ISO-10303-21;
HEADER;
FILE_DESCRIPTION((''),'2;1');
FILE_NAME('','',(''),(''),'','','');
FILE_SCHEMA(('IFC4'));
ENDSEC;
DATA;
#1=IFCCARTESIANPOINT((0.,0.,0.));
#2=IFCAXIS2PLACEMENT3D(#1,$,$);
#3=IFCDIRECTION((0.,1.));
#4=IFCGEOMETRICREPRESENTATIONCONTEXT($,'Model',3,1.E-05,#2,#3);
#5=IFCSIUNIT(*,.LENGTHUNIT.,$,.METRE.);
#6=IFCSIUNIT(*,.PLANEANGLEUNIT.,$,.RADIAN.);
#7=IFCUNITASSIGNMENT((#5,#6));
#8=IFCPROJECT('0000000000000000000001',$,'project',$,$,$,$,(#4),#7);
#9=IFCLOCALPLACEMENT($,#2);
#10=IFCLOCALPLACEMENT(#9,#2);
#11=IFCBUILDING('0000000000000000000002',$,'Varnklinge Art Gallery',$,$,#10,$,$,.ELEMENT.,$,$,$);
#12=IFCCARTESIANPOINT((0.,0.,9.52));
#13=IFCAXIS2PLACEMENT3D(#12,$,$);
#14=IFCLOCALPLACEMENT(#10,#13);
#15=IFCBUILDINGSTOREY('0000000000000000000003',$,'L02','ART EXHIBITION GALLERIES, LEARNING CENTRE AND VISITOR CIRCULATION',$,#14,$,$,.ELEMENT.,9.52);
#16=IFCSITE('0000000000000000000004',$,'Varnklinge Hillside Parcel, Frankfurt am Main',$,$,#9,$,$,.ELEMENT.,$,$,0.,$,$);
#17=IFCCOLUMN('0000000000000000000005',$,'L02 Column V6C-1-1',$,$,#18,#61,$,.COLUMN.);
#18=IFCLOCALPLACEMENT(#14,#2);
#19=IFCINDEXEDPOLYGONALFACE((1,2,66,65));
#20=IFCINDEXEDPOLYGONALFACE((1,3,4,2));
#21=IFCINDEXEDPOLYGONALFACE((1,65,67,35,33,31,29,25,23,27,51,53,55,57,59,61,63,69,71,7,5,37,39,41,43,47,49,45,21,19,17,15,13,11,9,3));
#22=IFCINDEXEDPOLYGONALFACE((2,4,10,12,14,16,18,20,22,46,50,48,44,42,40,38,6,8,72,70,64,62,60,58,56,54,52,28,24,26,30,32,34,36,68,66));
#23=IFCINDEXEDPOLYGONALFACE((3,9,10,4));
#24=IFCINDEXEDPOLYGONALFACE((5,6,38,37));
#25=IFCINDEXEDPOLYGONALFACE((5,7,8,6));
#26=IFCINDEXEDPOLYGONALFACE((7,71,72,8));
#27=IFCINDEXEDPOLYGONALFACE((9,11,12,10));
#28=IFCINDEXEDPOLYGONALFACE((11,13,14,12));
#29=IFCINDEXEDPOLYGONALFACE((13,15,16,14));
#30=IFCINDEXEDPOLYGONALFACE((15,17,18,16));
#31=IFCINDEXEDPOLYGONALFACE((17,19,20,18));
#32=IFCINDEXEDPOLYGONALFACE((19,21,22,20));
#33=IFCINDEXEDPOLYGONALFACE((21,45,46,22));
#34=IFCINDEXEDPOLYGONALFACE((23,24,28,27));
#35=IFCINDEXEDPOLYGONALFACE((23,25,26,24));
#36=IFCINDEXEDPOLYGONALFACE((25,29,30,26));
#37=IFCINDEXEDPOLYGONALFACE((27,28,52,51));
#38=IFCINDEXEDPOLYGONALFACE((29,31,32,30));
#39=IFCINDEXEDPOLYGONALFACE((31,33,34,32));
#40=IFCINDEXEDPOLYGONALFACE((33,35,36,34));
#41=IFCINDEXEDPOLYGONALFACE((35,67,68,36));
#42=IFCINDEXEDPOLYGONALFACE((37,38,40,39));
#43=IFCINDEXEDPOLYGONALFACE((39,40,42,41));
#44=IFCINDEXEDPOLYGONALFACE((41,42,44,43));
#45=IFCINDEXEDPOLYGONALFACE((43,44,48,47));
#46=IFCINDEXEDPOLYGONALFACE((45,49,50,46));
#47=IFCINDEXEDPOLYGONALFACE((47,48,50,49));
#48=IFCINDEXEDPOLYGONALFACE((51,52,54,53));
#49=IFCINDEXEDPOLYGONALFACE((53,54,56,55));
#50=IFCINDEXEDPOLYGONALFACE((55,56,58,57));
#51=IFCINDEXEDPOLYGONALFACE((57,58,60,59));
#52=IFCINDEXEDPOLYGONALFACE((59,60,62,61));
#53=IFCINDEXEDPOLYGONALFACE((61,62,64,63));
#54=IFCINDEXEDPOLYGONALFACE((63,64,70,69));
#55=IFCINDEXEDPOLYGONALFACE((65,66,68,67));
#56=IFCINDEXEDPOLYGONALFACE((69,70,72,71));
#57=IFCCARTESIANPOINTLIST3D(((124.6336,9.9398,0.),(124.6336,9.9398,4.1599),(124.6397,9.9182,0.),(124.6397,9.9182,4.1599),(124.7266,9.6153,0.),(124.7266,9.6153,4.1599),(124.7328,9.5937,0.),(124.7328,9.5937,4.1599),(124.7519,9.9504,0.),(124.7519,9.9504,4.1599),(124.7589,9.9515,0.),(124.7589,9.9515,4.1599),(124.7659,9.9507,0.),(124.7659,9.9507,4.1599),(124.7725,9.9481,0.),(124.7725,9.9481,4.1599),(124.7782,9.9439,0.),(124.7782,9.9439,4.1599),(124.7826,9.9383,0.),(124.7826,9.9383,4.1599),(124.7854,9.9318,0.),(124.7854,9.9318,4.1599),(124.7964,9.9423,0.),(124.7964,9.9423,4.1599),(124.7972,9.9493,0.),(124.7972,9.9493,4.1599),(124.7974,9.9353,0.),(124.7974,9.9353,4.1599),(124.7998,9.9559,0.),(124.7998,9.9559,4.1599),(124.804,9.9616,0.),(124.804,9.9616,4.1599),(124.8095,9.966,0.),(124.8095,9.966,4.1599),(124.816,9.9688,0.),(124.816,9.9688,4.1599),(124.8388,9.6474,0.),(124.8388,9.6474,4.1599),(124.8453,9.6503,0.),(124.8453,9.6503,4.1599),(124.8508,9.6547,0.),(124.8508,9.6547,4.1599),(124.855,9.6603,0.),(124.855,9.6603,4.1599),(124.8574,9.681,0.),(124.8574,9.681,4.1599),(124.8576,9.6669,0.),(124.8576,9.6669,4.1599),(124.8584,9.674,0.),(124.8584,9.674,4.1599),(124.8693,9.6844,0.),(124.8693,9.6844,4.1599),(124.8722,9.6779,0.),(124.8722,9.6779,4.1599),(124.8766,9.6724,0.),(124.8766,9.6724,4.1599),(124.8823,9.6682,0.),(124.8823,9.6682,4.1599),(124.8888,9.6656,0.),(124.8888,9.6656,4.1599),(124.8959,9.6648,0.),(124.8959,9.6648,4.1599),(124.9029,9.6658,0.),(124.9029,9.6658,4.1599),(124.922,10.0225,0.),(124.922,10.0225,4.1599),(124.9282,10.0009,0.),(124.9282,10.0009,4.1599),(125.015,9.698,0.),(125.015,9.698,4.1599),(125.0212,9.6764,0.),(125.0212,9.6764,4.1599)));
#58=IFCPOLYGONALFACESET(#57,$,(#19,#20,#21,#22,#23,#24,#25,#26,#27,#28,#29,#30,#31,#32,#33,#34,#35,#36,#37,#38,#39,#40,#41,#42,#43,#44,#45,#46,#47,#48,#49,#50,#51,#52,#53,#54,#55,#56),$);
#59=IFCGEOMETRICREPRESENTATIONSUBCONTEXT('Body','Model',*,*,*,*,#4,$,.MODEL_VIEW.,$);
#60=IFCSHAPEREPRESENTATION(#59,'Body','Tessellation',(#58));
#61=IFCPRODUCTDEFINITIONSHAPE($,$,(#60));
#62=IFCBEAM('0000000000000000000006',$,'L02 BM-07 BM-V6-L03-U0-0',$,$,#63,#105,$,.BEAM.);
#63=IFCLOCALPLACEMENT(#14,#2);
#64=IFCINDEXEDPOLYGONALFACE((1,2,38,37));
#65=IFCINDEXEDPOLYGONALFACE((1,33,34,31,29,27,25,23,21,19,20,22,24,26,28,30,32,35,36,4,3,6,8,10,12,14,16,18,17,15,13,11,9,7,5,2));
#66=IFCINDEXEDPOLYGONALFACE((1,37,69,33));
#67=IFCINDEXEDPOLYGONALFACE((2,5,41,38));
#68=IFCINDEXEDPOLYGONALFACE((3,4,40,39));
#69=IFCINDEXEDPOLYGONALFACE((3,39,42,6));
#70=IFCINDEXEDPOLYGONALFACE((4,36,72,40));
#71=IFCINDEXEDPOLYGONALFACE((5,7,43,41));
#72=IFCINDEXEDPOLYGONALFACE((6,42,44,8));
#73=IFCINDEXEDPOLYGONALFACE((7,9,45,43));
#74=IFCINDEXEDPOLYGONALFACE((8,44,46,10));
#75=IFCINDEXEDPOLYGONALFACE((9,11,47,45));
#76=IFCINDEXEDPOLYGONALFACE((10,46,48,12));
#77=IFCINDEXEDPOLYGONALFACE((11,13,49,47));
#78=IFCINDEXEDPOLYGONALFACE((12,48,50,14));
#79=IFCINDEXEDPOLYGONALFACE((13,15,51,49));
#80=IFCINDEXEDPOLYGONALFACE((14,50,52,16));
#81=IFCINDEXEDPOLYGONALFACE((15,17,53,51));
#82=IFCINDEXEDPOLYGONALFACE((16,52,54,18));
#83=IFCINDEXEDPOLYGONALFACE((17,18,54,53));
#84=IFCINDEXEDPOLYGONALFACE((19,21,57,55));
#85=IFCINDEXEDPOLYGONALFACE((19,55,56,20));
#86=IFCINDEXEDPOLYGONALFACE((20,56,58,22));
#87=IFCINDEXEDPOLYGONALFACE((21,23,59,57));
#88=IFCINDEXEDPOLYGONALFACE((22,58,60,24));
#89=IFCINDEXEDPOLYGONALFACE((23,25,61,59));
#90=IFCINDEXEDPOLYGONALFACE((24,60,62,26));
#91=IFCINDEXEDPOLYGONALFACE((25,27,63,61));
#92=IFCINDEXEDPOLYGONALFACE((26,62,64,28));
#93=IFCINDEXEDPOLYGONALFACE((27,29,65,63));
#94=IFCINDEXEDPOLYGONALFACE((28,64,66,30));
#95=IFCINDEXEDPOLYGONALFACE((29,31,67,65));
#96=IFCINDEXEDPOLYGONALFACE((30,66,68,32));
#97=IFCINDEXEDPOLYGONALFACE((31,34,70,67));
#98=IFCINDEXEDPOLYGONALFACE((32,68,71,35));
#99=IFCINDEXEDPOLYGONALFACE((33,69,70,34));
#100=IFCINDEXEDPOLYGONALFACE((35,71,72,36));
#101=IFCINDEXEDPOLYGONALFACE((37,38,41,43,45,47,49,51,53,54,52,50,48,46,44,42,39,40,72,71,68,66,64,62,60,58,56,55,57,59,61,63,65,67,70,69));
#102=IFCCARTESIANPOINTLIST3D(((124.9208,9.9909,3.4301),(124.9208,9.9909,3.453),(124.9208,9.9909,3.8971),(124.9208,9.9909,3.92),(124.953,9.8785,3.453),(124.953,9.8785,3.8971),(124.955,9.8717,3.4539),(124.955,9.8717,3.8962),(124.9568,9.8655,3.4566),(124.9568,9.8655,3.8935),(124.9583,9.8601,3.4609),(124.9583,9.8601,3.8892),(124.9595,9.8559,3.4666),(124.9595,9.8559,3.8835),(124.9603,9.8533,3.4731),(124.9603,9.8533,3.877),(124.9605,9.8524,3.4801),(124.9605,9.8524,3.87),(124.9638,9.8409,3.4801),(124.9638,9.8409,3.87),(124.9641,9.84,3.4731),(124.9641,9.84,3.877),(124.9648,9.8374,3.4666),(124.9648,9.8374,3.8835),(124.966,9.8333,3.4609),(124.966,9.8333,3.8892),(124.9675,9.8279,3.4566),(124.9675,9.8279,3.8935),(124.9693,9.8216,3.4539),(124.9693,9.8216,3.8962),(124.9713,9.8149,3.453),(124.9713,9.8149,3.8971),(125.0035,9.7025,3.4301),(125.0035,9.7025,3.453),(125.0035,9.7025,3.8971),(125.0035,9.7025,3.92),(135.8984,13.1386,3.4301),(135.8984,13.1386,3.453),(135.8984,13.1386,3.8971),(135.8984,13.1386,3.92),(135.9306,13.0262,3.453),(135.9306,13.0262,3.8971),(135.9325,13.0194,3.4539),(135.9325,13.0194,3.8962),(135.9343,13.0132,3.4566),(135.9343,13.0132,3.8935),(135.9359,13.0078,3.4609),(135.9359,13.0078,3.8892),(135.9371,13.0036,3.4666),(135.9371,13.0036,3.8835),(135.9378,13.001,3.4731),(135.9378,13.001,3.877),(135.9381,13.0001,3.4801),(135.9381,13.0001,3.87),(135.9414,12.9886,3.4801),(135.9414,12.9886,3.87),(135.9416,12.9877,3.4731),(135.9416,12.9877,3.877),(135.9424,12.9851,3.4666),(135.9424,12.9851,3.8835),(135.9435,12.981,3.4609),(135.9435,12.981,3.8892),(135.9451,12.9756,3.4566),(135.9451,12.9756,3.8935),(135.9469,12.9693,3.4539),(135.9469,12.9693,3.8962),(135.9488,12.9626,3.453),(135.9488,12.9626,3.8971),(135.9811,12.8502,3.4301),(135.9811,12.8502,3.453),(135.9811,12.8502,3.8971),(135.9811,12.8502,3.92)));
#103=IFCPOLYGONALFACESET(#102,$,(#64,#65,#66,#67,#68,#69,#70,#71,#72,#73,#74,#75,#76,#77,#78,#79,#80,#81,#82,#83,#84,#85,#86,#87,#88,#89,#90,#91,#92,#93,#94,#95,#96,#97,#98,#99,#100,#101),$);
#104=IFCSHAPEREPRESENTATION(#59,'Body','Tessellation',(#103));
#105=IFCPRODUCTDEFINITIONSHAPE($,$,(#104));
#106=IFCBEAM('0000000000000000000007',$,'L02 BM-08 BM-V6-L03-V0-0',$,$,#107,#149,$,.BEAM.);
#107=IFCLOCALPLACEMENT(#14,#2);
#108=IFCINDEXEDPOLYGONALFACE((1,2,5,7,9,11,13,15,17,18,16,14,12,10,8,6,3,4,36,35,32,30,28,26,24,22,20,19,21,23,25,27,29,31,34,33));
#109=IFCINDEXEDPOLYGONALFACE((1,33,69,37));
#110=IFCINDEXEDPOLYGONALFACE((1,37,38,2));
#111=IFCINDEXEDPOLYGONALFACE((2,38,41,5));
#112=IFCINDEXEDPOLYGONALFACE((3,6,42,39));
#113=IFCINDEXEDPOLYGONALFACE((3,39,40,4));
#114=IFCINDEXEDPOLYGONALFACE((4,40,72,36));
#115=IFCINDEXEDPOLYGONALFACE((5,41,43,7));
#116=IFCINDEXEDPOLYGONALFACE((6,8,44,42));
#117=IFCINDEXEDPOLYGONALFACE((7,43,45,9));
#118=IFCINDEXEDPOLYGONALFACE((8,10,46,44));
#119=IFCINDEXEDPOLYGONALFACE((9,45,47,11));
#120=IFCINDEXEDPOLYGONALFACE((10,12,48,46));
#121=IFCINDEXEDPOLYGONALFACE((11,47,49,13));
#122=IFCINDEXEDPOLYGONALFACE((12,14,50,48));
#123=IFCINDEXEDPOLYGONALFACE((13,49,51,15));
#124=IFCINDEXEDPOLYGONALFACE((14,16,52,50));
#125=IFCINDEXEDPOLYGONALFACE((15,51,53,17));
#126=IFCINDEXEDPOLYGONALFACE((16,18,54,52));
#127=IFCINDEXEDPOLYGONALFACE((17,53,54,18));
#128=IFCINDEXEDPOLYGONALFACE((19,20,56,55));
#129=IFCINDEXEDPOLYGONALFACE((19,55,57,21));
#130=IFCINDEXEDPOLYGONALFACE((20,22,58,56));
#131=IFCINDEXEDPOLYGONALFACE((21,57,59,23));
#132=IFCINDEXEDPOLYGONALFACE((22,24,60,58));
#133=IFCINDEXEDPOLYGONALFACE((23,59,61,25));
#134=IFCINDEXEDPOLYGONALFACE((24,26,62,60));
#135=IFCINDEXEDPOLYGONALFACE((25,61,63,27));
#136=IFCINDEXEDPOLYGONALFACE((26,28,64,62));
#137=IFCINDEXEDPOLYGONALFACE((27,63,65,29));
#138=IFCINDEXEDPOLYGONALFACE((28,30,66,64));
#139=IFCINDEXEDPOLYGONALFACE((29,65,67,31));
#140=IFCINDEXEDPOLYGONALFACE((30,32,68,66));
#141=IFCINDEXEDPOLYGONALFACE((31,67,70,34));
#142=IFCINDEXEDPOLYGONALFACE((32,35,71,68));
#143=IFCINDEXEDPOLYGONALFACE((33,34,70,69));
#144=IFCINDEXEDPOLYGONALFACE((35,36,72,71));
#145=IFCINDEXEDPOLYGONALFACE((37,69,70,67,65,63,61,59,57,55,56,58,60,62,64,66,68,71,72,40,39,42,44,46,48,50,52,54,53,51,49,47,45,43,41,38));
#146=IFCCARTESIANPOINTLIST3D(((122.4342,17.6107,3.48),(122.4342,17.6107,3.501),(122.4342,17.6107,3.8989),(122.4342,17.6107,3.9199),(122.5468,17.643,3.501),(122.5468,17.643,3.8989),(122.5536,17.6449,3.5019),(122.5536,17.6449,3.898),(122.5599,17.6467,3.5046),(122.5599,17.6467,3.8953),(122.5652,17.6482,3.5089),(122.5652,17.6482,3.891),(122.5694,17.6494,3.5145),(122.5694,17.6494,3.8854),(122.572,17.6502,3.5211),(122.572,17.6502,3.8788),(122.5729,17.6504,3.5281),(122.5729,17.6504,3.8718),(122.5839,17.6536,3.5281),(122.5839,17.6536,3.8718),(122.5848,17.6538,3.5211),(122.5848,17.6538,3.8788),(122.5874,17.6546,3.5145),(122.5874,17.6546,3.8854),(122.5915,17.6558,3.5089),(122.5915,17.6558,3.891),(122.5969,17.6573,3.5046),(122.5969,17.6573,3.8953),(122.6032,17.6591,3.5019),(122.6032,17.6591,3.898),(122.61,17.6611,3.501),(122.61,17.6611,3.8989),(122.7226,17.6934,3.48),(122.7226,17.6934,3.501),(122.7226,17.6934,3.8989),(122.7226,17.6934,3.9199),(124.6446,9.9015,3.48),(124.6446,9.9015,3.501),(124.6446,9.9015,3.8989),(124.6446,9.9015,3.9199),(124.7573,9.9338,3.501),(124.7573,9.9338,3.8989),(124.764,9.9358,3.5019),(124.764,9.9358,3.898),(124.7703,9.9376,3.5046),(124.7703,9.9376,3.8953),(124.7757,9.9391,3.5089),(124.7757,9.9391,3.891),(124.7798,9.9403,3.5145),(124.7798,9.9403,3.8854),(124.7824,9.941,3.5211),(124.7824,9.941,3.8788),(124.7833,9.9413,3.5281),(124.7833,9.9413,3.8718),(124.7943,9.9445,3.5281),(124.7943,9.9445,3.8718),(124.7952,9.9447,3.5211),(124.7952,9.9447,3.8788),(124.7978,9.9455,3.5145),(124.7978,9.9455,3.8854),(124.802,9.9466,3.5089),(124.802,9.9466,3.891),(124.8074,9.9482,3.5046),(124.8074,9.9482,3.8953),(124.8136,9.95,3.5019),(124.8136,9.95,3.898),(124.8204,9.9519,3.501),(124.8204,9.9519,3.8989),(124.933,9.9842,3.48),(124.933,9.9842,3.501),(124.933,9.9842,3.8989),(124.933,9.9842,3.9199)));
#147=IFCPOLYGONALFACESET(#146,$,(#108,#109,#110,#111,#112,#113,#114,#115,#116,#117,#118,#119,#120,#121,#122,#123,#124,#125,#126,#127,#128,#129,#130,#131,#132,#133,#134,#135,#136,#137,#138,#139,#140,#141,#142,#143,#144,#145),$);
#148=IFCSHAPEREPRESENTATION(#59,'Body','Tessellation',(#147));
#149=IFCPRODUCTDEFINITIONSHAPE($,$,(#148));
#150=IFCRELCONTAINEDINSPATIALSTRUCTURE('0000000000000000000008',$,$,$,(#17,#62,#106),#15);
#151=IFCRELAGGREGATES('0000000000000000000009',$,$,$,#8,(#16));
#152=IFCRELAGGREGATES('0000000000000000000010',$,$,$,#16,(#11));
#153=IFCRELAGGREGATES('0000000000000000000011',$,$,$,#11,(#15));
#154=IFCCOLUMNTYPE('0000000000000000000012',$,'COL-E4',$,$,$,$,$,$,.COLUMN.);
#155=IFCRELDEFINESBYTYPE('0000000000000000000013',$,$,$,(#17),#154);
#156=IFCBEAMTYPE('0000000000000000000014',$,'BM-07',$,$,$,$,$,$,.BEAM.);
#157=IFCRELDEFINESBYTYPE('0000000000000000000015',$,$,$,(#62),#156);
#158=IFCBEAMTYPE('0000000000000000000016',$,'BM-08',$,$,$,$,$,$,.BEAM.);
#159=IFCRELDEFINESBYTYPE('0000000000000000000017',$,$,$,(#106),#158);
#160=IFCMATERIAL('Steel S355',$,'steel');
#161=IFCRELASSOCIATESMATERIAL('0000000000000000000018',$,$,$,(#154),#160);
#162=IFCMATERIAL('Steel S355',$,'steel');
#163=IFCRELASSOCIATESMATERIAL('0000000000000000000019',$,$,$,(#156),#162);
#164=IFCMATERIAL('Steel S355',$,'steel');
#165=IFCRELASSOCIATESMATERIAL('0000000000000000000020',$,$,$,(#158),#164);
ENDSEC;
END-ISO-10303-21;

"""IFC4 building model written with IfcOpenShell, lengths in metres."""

from ifc_helpers import new_model, si_unit, direction, frame, origin, origin_2d, place, context, subcontext, project, spatial, i_section, extrude, material, material_profile, profile_set, type_object, element, save


model = new_model("IFC4")

# Units and contexts
model_context = context("Model", 3, precision=1e-05, world=origin(), true_north=direction((0.0, 1.0)))
body_context = subcontext(model_context, "Body", "Model", "MODEL_VIEW")
ifc_project = project(units=[si_unit("LENGTHUNIT", "METRE"), si_unit("PLANEANGLEUNIT", "RADIAN")], contexts=[model_context])

# Site, building, storey
site_placement = place(None, origin())
site = spatial("IfcSite", under=ifc_project, at=site_placement, Name="Varnklinge Hillside Parcel, Frankfurt am Main", CompositionType="ELEMENT", RefElevation=0.0)
building_placement = place(site_placement, origin())
building = spatial("IfcBuilding", under=site, at=building_placement, Name="Varnklinge Art Gallery", CompositionType="ELEMENT")
storey_placement = place(building_placement, frame((0.0, 0.0, 9.52)))
storey = spatial("IfcBuildingStorey", under=building, at=storey_placement, Name="L02", Description="ART EXHIBITION GALLERIES, LEARNING CENTRE AND VISITOR CIRCULATION", CompositionType="ELEMENT", Elevation=9.52)

# Column
ifc_material_1 = material(Name="Steel S355", Category="steel")
ifc_material_profile_1 = material_profile(ifc_material_1, i_section(OverallWidth=0.3, OverallDepth=0.3601, WebThickness=0.0125, FlangeThickness=0.0225, FilletRadius=0.0271, at=origin_2d()), Name="HEB 360")
ifc_profile_set_1 = profile_set([ifc_material_profile_1], Name="Steel S355")
column_type = type_object("IfcColumnType", Name="COL-E4", PredefinedType="COLUMN", material=ifc_profile_set_1)
column_placement = place(storey_placement, frame((124.8274, 9.8081, 0.0), z_axis=(0.0, 0.0, 1.0), x_axis=(0.961262, 0.275637, 0.0)))
element("IfcColumn", 1, at=column_placement, inside=storey, type_object=column_type, Name="L02 Column V6C-1-1", PredefinedType="COLUMN", context=body_context, shape_type="SweptSolid", body=[
    extrude(i_section(OverallWidth=0.3, OverallDepth=0.3601, WebThickness=0.0125, FlangeThickness=0.0225, FilletRadius=0.0271, at=origin_2d()), origin(), (0.0, 0.0, 1.0), 4.1599),
])

# Beams
ifc_material_2 = material(Name="Steel S355", Category="steel")
ifc_material_profile_2 = material_profile(ifc_material_2, i_section(OverallWidth=0.3, OverallDepth=0.49, WebThickness=0.012, FlangeThickness=0.0229, FilletRadius=0.0271, at=origin_2d()), Name="HEA 500")
ifc_profile_set_2 = profile_set([ifc_material_profile_2], Name="Steel S355")
beam_type_1 = type_object("IfcBeamType", Name="BM-07", PredefinedType="BEAM", material=ifc_profile_set_2)
beam_1_placement = place(storey_placement, frame((124.9622, 9.8467, 3.675), z_axis=(0.961263, 0.275633, 0.0), x_axis=(-0.275633, 0.961263, 0.0)))
element("IfcBeam", 2, at=beam_1_placement, inside=storey, type_object=beam_type_1, Name="L02 BM-07 BM-V6-L03-U0-0", PredefinedType="BEAM", context=body_context, shape_type="SweptSolid", body=[
    extrude(i_section(OverallWidth=0.3, OverallDepth=0.49, WebThickness=0.012, FlangeThickness=0.0229, FilletRadius=0.0271, at=origin_2d()), origin(), (0.0, 0.0, 1.0), 11.4199),
])
ifc_material_3 = material(Name="Steel S355", Category="steel")
ifc_material_profile_3 = material_profile(ifc_material_3, i_section(OverallWidth=0.3, OverallDepth=0.4399, WebThickness=0.0115, FlangeThickness=0.021, FilletRadius=0.0271, at=origin_2d()), Name="HEA 450")
ifc_profile_set_3 = profile_set([ifc_material_profile_3], Name="Steel S355")
beam_type_2 = type_object("IfcBeamType", Name="BM-08", PredefinedType="BEAM", material=ifc_profile_set_3)
beam_2_placement = place(storey_placement, frame((124.7888, 9.9429, 3.7), z_axis=(-0.275622, 0.961266, 0.0), x_axis=(-0.961266, -0.275622, 0.0)))
element("IfcBeam", 3, at=beam_2_placement, inside=storey, type_object=beam_type_2, Name="L02 BM-08 BM-V6-L03-V0-0", PredefinedType="BEAM", context=body_context, shape_type="SweptSolid", body=[
    extrude(i_section(OverallWidth=0.3, OverallDepth=0.4399, WebThickness=0.0115, FlangeThickness=0.021, FilletRadius=0.0271, at=origin_2d()), origin(), (0.0, 0.0, 1.0), 8.0198),
])

save(model, "model.ifc")
